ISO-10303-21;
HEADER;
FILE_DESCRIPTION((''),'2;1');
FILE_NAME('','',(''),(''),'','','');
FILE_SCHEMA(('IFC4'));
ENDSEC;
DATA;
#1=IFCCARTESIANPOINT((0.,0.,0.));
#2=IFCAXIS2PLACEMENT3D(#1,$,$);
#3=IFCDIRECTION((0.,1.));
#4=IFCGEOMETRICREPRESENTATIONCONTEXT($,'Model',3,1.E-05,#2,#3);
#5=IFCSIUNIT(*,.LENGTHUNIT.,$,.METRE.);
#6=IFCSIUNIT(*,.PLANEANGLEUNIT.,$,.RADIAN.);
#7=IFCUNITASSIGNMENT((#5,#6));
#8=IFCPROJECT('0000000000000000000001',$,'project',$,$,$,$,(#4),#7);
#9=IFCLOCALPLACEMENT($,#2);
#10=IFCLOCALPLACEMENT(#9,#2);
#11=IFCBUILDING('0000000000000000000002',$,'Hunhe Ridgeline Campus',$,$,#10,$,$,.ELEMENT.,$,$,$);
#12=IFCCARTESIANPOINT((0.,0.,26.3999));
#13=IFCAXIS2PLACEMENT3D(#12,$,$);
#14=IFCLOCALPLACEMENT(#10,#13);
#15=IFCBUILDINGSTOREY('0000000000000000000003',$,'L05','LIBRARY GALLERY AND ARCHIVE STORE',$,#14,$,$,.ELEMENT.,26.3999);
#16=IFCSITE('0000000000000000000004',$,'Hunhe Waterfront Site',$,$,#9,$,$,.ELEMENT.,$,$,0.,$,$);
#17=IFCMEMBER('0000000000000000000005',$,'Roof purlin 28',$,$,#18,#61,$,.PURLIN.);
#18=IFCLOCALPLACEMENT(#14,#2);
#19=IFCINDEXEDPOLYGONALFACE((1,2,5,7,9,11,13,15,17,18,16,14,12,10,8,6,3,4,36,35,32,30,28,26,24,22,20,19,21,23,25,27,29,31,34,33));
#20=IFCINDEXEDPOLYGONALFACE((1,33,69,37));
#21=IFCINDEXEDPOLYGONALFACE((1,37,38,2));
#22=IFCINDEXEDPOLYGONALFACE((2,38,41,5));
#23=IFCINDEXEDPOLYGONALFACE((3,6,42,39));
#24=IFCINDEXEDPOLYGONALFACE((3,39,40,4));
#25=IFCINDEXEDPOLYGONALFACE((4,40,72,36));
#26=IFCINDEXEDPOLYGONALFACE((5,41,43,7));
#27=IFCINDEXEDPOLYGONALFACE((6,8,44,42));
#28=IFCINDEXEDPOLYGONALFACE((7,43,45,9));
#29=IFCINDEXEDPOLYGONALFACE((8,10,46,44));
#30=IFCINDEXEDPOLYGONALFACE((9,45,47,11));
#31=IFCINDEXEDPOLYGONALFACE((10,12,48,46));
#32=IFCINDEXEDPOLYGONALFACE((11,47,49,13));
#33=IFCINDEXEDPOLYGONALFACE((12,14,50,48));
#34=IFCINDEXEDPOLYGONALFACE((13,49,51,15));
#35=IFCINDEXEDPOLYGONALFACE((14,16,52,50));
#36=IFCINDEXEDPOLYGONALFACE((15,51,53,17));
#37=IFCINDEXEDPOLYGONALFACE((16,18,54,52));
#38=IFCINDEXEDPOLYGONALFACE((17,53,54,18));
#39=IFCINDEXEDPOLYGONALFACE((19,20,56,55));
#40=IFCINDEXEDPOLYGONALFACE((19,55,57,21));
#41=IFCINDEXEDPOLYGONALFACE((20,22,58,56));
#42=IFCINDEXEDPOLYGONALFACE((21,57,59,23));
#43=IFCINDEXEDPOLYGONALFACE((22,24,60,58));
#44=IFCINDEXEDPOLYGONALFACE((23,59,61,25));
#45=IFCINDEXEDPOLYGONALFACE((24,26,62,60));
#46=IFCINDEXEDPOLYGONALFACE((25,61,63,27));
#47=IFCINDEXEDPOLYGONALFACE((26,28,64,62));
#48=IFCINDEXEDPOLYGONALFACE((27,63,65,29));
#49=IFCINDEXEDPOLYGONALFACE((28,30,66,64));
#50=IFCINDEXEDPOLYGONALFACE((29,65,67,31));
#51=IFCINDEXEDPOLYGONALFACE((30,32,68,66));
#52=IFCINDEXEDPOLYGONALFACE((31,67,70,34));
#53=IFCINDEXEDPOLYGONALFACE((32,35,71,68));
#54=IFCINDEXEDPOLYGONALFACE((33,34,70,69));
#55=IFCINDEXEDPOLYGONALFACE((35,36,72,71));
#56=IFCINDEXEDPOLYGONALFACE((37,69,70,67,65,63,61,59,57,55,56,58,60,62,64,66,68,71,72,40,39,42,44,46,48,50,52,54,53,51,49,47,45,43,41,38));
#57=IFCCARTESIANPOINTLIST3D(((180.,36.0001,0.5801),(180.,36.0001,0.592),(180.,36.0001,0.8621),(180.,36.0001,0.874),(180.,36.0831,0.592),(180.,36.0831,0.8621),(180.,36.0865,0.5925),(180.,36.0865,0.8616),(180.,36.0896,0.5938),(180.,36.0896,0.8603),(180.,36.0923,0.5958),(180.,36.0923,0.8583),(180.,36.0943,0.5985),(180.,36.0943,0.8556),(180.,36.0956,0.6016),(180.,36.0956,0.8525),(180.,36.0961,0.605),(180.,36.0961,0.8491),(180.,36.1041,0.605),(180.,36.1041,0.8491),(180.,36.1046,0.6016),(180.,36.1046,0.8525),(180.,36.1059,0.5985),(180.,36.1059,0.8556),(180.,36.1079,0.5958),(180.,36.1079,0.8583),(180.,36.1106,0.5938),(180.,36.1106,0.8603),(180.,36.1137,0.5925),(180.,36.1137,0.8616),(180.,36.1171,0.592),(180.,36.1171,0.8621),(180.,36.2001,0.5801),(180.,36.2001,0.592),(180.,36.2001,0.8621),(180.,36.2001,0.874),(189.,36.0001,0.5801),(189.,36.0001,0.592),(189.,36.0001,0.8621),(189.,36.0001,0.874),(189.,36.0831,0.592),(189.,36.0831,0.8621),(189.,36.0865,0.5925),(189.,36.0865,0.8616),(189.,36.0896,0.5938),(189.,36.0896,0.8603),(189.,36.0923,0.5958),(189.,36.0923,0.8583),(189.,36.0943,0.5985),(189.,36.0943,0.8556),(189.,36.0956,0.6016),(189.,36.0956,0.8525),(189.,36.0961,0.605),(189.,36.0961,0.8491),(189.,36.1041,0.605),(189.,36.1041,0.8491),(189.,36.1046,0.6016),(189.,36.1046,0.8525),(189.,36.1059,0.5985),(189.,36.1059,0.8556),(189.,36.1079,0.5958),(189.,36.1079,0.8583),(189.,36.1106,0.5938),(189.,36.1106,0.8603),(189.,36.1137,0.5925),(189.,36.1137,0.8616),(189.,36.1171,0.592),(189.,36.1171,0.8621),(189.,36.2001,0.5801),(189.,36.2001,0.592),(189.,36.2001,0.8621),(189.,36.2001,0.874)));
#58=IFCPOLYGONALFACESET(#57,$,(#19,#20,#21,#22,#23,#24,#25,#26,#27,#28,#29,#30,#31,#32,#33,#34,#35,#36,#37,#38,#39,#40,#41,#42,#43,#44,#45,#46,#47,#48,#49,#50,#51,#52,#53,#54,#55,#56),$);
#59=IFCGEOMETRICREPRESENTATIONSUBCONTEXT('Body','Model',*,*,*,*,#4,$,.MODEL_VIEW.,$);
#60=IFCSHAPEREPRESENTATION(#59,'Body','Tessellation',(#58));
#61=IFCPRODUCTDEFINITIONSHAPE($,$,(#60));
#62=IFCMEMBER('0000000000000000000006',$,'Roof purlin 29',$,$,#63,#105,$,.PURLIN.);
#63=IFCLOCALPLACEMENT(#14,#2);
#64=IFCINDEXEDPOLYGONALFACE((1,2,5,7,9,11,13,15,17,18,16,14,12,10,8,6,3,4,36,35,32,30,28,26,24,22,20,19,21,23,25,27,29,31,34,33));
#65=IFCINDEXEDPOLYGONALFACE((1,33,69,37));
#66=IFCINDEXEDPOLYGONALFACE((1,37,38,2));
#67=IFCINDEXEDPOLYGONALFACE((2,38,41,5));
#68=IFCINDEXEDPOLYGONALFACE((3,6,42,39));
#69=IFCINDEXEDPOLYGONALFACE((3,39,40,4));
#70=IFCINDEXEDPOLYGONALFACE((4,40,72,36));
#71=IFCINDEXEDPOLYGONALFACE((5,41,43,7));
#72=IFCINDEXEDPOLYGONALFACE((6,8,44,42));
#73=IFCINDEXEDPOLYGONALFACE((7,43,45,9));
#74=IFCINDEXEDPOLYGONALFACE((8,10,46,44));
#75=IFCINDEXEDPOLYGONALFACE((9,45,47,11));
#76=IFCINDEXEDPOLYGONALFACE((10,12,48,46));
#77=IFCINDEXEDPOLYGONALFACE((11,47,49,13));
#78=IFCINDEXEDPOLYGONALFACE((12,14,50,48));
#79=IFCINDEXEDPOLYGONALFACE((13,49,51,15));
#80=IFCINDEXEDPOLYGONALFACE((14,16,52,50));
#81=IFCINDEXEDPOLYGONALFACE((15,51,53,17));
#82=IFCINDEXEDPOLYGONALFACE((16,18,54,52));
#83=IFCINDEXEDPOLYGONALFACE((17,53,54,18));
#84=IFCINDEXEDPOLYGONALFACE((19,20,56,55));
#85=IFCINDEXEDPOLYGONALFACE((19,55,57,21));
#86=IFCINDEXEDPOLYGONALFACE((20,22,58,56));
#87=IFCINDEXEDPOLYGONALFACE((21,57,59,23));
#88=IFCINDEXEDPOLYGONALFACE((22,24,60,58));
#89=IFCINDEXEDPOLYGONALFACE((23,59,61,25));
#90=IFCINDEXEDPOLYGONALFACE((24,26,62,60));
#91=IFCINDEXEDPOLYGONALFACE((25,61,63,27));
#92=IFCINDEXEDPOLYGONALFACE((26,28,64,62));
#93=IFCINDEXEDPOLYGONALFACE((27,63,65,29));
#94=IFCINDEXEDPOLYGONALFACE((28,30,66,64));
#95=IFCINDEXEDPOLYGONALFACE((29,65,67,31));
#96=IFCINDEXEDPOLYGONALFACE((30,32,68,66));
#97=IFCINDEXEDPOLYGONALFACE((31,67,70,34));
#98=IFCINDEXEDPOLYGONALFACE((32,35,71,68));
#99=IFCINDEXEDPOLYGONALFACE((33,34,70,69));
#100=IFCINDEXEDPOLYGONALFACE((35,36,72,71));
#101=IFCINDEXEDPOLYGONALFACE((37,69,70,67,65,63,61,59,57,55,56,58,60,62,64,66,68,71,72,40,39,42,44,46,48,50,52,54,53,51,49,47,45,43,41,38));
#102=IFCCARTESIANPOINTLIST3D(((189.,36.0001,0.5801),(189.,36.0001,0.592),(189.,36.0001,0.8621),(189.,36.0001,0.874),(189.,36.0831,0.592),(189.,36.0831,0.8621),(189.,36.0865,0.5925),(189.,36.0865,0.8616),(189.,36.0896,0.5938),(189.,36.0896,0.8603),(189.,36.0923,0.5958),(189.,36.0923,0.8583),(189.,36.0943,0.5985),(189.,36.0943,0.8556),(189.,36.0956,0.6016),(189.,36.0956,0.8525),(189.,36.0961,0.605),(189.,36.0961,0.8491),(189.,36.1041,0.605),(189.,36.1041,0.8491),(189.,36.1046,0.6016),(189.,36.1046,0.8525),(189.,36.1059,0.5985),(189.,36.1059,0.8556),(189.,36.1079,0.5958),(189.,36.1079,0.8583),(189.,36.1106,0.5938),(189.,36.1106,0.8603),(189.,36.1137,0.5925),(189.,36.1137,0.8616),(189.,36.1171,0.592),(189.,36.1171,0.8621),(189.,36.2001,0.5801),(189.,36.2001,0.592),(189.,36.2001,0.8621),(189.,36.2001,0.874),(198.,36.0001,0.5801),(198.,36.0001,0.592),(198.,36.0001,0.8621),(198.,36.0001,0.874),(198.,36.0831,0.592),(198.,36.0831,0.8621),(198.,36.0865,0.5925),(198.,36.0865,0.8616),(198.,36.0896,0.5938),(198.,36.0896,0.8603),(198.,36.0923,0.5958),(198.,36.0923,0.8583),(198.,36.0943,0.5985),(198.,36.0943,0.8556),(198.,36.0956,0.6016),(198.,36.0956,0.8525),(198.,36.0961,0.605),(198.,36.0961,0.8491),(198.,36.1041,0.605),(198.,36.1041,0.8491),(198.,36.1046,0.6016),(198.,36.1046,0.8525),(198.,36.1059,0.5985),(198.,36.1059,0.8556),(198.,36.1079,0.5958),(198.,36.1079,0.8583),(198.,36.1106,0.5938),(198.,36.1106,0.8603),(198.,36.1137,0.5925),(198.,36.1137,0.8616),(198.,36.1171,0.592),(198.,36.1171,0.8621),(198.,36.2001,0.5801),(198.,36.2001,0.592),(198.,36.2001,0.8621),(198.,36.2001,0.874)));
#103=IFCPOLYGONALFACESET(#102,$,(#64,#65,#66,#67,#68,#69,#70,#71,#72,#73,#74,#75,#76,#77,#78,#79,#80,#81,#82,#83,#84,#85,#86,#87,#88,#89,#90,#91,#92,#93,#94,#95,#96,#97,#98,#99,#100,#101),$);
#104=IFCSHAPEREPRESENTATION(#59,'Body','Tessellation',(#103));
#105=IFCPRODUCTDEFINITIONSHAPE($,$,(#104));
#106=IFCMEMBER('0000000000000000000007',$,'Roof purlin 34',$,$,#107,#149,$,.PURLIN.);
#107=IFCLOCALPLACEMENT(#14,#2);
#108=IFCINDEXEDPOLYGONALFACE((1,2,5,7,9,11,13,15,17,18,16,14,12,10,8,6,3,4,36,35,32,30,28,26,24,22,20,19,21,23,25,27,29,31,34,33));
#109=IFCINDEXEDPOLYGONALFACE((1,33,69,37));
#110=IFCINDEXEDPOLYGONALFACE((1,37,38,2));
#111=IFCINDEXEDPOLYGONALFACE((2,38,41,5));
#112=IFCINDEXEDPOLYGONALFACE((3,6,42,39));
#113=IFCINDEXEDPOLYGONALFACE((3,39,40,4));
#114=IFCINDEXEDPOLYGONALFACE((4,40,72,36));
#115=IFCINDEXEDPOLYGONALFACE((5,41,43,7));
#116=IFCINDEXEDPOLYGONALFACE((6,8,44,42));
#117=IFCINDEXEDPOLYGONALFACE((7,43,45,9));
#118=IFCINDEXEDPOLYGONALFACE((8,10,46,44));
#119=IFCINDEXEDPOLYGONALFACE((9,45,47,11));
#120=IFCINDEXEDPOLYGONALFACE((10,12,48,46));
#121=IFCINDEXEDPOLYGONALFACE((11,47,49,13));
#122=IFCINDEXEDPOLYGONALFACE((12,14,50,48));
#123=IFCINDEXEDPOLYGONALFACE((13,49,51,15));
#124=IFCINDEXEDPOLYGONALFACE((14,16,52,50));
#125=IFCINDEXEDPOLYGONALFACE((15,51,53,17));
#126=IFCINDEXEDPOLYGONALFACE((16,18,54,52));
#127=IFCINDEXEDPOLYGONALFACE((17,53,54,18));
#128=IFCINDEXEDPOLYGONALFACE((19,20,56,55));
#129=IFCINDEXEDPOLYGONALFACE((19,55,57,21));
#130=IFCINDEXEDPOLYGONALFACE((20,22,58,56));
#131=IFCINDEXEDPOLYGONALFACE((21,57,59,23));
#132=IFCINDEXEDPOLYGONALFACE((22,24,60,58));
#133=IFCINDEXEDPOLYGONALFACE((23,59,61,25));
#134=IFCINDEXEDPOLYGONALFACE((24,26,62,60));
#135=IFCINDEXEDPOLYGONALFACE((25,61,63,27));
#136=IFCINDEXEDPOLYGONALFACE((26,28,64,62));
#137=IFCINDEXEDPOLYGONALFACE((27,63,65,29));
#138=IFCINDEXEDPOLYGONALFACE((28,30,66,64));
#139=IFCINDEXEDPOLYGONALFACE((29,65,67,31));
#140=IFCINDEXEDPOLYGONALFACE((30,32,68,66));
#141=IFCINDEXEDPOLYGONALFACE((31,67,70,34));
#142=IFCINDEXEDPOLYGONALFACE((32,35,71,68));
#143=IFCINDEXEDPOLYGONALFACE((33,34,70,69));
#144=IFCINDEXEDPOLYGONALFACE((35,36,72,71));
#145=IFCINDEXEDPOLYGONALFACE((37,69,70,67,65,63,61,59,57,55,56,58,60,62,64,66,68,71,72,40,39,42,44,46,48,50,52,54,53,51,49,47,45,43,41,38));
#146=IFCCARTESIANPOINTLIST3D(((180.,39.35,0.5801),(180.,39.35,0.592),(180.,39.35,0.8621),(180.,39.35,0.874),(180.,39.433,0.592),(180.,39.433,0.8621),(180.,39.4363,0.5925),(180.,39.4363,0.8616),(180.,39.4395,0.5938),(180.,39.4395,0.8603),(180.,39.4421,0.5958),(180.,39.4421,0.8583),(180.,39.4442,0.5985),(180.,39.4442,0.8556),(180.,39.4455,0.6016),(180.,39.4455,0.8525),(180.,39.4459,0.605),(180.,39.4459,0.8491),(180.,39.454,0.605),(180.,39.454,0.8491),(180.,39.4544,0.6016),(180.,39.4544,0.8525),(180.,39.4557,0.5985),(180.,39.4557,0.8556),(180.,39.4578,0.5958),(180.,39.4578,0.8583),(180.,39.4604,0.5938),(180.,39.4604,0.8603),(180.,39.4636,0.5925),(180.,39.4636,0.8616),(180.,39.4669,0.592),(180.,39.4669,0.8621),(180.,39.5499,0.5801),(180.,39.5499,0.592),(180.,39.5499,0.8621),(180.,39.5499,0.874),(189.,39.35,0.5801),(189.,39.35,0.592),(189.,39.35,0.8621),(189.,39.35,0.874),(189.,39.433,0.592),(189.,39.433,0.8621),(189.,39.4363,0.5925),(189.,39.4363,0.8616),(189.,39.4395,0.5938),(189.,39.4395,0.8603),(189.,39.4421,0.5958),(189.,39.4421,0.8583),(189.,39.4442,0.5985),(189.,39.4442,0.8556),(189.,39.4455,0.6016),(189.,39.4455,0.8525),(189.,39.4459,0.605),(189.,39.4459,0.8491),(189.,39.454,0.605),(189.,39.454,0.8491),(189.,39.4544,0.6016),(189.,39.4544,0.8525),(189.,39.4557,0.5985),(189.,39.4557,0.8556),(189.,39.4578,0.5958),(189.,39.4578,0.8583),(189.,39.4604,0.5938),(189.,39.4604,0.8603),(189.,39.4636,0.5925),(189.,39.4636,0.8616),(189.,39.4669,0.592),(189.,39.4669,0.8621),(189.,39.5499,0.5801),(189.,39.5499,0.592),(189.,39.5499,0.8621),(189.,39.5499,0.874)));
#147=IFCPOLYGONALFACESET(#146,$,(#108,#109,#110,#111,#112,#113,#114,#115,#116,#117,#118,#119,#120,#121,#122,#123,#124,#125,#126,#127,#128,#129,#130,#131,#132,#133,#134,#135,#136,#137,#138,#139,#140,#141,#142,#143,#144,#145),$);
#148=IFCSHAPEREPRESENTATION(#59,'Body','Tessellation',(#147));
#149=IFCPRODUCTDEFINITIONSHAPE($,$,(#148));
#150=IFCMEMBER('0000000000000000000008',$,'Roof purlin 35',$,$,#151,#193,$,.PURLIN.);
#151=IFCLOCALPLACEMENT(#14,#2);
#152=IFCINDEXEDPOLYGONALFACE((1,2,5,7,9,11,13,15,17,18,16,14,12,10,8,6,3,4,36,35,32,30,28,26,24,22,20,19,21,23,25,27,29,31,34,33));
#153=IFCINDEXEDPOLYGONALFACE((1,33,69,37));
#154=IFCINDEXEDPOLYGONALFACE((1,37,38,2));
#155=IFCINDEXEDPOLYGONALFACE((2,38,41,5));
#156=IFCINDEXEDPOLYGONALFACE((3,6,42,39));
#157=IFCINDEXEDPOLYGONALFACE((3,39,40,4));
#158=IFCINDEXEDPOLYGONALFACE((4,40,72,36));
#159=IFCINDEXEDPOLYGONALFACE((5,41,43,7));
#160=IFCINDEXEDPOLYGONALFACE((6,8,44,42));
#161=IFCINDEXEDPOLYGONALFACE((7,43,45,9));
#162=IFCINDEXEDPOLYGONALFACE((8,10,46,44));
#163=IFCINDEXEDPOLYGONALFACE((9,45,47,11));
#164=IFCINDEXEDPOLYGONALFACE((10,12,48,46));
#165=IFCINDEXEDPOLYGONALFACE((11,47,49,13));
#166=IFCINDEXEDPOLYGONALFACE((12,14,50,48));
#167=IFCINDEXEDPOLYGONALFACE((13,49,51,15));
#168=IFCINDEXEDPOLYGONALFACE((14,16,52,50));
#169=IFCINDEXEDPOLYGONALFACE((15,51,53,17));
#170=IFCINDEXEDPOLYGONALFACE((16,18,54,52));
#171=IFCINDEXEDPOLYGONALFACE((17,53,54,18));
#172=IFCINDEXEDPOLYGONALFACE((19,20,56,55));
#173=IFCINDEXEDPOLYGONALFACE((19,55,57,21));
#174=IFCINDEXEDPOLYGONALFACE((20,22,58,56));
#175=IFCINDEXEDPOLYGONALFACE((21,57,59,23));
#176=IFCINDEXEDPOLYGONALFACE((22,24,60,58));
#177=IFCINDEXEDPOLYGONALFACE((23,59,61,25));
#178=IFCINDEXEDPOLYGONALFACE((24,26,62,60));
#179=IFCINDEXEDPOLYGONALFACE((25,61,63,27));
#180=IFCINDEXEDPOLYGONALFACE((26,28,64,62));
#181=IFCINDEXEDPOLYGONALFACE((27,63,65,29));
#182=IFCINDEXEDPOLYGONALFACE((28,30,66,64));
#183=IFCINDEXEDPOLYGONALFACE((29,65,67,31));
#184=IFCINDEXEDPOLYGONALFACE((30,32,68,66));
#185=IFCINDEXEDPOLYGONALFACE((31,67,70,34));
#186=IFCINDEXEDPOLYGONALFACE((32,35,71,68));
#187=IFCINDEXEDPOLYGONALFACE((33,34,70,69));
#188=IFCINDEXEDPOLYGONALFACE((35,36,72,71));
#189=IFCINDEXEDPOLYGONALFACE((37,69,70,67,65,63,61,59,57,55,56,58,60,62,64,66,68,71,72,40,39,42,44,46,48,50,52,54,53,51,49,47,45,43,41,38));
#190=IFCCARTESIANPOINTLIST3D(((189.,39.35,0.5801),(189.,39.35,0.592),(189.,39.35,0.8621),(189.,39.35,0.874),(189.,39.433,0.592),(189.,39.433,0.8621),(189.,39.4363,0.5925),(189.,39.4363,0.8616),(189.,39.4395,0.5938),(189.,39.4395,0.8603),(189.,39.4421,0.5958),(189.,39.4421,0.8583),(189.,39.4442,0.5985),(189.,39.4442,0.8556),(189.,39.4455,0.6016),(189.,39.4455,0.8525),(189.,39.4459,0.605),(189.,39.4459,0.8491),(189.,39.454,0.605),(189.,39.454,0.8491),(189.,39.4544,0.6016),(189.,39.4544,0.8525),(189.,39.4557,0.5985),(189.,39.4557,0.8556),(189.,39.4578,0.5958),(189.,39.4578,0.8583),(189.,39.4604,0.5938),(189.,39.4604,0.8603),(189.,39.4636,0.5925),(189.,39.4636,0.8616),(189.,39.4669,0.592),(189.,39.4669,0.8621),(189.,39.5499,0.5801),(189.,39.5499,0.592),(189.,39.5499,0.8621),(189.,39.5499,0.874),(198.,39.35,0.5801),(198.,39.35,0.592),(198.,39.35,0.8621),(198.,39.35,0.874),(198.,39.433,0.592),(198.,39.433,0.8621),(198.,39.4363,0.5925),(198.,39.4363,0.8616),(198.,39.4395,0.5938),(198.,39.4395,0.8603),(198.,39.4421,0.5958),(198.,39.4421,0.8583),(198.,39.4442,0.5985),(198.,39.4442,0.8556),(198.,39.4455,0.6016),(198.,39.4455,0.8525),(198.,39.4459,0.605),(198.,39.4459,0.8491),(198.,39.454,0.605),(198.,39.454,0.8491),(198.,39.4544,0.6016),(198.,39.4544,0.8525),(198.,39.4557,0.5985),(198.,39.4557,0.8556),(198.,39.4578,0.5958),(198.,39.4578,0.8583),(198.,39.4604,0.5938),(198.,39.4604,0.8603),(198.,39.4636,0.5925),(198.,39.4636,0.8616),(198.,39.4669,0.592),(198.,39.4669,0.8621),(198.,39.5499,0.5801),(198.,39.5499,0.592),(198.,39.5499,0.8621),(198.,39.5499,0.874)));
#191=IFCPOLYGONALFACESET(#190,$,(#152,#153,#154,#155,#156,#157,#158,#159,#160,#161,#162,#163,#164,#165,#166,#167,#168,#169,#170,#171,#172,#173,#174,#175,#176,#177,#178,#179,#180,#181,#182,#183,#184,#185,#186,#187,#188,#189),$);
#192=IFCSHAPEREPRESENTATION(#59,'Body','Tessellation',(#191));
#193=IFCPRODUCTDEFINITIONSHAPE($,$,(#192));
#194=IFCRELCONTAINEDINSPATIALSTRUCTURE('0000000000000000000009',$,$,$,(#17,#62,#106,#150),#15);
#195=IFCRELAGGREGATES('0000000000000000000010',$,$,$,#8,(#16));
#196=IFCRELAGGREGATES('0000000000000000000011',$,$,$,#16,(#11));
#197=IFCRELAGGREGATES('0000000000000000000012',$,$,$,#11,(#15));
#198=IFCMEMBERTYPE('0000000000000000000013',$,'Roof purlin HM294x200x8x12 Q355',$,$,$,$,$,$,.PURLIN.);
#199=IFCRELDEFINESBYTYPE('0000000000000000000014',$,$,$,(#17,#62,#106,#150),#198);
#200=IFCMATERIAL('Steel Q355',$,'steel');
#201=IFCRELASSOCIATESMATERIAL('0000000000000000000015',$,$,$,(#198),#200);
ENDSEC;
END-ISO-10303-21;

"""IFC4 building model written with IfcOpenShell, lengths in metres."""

from ifc_helpers import new_model, si_unit, direction, frame, origin, origin_2d, place, context, subcontext, project, spatial, i_section, extrude, material, material_profile, profile_set, type_object, element, save


model = new_model("IFC4")

# Units and contexts
model_context = context("Model", 3, precision=1e-05, world=origin(), true_north=direction((0.0, 1.0)))
body_context = subcontext(model_context, "Body", "Model", "MODEL_VIEW")
ifc_project = project(units=[si_unit("LENGTHUNIT", "METRE"), si_unit("PLANEANGLEUNIT", "RADIAN")], contexts=[model_context])

# Site, building, storey
site_placement = place(None, origin())
site = spatial("IfcSite", under=ifc_project, at=site_placement, Name="Hunhe Waterfront Site", CompositionType="ELEMENT", RefElevation=0.0)
building_placement = place(site_placement, origin())
building = spatial("IfcBuilding", under=site, at=building_placement, Name="Hunhe Ridgeline Campus", CompositionType="ELEMENT")
storey_placement = place(building_placement, frame((0.0, 0.0, 26.3999)))
storey = spatial("IfcBuildingStorey", under=building, at=storey_placement, Name="L05", Description="LIBRARY GALLERY AND ARCHIVE STORE", CompositionType="ELEMENT", Elevation=26.3999)

# Members
ifc_material = material(Name="Steel Q355", Category="steel")
ifc_material_profile_1 = material_profile(ifc_material, i_section(OverallWidth=0.2, OverallDepth=0.2939, WebThickness=0.0081, FlangeThickness=0.012, FilletRadius=0.0129, at=origin_2d()))
ifc_profile_set_1 = profile_set([ifc_material_profile_1], Name="Steel Q355")
member_type_1 = type_object("IfcMemberType", Name="Roof purlin HM294x200x8x12 Q355", PredefinedType="PURLIN", material=ifc_profile_set_1)
for number, where, z_axis, x_axis, name in (
    (1, (180.0, 36.1001, 0.7271), (1.0, 0.0, 0.0), (0.0, 1.0, 0.0), "Roof purlin 28"),
    (2, (189.0, 36.1001, 0.7271), (1.0, 0.0, 0.0), (0.0, 1.0, 0.0), "Roof purlin 29"),
    (3, (180.0, 39.45, 0.7271), (1.0, 0.0, 0.0), (0.0, 1.0, 0.0), "Roof purlin 34"),
    (4, (189.0, 39.45, 0.7271), (1.0, 0.0, 0.0), (0.0, 1.0, 0.0), "Roof purlin 35"),
):
    element("IfcMember", number, at=place(storey_placement, frame(where, z_axis=z_axis, x_axis=x_axis)), inside=storey, type_object=member_type_1, Name=name, PredefinedType="PURLIN", context=body_context, shape_type="SweptSolid", body=[
        extrude(i_section(OverallWidth=0.2, OverallDepth=0.2939, WebThickness=0.0081, FlangeThickness=0.012, FilletRadius=0.0129, at=origin_2d()), origin(), (0.0, 0.0, 1.0), 9.0),
    ])

save(model, "model.ifc")
